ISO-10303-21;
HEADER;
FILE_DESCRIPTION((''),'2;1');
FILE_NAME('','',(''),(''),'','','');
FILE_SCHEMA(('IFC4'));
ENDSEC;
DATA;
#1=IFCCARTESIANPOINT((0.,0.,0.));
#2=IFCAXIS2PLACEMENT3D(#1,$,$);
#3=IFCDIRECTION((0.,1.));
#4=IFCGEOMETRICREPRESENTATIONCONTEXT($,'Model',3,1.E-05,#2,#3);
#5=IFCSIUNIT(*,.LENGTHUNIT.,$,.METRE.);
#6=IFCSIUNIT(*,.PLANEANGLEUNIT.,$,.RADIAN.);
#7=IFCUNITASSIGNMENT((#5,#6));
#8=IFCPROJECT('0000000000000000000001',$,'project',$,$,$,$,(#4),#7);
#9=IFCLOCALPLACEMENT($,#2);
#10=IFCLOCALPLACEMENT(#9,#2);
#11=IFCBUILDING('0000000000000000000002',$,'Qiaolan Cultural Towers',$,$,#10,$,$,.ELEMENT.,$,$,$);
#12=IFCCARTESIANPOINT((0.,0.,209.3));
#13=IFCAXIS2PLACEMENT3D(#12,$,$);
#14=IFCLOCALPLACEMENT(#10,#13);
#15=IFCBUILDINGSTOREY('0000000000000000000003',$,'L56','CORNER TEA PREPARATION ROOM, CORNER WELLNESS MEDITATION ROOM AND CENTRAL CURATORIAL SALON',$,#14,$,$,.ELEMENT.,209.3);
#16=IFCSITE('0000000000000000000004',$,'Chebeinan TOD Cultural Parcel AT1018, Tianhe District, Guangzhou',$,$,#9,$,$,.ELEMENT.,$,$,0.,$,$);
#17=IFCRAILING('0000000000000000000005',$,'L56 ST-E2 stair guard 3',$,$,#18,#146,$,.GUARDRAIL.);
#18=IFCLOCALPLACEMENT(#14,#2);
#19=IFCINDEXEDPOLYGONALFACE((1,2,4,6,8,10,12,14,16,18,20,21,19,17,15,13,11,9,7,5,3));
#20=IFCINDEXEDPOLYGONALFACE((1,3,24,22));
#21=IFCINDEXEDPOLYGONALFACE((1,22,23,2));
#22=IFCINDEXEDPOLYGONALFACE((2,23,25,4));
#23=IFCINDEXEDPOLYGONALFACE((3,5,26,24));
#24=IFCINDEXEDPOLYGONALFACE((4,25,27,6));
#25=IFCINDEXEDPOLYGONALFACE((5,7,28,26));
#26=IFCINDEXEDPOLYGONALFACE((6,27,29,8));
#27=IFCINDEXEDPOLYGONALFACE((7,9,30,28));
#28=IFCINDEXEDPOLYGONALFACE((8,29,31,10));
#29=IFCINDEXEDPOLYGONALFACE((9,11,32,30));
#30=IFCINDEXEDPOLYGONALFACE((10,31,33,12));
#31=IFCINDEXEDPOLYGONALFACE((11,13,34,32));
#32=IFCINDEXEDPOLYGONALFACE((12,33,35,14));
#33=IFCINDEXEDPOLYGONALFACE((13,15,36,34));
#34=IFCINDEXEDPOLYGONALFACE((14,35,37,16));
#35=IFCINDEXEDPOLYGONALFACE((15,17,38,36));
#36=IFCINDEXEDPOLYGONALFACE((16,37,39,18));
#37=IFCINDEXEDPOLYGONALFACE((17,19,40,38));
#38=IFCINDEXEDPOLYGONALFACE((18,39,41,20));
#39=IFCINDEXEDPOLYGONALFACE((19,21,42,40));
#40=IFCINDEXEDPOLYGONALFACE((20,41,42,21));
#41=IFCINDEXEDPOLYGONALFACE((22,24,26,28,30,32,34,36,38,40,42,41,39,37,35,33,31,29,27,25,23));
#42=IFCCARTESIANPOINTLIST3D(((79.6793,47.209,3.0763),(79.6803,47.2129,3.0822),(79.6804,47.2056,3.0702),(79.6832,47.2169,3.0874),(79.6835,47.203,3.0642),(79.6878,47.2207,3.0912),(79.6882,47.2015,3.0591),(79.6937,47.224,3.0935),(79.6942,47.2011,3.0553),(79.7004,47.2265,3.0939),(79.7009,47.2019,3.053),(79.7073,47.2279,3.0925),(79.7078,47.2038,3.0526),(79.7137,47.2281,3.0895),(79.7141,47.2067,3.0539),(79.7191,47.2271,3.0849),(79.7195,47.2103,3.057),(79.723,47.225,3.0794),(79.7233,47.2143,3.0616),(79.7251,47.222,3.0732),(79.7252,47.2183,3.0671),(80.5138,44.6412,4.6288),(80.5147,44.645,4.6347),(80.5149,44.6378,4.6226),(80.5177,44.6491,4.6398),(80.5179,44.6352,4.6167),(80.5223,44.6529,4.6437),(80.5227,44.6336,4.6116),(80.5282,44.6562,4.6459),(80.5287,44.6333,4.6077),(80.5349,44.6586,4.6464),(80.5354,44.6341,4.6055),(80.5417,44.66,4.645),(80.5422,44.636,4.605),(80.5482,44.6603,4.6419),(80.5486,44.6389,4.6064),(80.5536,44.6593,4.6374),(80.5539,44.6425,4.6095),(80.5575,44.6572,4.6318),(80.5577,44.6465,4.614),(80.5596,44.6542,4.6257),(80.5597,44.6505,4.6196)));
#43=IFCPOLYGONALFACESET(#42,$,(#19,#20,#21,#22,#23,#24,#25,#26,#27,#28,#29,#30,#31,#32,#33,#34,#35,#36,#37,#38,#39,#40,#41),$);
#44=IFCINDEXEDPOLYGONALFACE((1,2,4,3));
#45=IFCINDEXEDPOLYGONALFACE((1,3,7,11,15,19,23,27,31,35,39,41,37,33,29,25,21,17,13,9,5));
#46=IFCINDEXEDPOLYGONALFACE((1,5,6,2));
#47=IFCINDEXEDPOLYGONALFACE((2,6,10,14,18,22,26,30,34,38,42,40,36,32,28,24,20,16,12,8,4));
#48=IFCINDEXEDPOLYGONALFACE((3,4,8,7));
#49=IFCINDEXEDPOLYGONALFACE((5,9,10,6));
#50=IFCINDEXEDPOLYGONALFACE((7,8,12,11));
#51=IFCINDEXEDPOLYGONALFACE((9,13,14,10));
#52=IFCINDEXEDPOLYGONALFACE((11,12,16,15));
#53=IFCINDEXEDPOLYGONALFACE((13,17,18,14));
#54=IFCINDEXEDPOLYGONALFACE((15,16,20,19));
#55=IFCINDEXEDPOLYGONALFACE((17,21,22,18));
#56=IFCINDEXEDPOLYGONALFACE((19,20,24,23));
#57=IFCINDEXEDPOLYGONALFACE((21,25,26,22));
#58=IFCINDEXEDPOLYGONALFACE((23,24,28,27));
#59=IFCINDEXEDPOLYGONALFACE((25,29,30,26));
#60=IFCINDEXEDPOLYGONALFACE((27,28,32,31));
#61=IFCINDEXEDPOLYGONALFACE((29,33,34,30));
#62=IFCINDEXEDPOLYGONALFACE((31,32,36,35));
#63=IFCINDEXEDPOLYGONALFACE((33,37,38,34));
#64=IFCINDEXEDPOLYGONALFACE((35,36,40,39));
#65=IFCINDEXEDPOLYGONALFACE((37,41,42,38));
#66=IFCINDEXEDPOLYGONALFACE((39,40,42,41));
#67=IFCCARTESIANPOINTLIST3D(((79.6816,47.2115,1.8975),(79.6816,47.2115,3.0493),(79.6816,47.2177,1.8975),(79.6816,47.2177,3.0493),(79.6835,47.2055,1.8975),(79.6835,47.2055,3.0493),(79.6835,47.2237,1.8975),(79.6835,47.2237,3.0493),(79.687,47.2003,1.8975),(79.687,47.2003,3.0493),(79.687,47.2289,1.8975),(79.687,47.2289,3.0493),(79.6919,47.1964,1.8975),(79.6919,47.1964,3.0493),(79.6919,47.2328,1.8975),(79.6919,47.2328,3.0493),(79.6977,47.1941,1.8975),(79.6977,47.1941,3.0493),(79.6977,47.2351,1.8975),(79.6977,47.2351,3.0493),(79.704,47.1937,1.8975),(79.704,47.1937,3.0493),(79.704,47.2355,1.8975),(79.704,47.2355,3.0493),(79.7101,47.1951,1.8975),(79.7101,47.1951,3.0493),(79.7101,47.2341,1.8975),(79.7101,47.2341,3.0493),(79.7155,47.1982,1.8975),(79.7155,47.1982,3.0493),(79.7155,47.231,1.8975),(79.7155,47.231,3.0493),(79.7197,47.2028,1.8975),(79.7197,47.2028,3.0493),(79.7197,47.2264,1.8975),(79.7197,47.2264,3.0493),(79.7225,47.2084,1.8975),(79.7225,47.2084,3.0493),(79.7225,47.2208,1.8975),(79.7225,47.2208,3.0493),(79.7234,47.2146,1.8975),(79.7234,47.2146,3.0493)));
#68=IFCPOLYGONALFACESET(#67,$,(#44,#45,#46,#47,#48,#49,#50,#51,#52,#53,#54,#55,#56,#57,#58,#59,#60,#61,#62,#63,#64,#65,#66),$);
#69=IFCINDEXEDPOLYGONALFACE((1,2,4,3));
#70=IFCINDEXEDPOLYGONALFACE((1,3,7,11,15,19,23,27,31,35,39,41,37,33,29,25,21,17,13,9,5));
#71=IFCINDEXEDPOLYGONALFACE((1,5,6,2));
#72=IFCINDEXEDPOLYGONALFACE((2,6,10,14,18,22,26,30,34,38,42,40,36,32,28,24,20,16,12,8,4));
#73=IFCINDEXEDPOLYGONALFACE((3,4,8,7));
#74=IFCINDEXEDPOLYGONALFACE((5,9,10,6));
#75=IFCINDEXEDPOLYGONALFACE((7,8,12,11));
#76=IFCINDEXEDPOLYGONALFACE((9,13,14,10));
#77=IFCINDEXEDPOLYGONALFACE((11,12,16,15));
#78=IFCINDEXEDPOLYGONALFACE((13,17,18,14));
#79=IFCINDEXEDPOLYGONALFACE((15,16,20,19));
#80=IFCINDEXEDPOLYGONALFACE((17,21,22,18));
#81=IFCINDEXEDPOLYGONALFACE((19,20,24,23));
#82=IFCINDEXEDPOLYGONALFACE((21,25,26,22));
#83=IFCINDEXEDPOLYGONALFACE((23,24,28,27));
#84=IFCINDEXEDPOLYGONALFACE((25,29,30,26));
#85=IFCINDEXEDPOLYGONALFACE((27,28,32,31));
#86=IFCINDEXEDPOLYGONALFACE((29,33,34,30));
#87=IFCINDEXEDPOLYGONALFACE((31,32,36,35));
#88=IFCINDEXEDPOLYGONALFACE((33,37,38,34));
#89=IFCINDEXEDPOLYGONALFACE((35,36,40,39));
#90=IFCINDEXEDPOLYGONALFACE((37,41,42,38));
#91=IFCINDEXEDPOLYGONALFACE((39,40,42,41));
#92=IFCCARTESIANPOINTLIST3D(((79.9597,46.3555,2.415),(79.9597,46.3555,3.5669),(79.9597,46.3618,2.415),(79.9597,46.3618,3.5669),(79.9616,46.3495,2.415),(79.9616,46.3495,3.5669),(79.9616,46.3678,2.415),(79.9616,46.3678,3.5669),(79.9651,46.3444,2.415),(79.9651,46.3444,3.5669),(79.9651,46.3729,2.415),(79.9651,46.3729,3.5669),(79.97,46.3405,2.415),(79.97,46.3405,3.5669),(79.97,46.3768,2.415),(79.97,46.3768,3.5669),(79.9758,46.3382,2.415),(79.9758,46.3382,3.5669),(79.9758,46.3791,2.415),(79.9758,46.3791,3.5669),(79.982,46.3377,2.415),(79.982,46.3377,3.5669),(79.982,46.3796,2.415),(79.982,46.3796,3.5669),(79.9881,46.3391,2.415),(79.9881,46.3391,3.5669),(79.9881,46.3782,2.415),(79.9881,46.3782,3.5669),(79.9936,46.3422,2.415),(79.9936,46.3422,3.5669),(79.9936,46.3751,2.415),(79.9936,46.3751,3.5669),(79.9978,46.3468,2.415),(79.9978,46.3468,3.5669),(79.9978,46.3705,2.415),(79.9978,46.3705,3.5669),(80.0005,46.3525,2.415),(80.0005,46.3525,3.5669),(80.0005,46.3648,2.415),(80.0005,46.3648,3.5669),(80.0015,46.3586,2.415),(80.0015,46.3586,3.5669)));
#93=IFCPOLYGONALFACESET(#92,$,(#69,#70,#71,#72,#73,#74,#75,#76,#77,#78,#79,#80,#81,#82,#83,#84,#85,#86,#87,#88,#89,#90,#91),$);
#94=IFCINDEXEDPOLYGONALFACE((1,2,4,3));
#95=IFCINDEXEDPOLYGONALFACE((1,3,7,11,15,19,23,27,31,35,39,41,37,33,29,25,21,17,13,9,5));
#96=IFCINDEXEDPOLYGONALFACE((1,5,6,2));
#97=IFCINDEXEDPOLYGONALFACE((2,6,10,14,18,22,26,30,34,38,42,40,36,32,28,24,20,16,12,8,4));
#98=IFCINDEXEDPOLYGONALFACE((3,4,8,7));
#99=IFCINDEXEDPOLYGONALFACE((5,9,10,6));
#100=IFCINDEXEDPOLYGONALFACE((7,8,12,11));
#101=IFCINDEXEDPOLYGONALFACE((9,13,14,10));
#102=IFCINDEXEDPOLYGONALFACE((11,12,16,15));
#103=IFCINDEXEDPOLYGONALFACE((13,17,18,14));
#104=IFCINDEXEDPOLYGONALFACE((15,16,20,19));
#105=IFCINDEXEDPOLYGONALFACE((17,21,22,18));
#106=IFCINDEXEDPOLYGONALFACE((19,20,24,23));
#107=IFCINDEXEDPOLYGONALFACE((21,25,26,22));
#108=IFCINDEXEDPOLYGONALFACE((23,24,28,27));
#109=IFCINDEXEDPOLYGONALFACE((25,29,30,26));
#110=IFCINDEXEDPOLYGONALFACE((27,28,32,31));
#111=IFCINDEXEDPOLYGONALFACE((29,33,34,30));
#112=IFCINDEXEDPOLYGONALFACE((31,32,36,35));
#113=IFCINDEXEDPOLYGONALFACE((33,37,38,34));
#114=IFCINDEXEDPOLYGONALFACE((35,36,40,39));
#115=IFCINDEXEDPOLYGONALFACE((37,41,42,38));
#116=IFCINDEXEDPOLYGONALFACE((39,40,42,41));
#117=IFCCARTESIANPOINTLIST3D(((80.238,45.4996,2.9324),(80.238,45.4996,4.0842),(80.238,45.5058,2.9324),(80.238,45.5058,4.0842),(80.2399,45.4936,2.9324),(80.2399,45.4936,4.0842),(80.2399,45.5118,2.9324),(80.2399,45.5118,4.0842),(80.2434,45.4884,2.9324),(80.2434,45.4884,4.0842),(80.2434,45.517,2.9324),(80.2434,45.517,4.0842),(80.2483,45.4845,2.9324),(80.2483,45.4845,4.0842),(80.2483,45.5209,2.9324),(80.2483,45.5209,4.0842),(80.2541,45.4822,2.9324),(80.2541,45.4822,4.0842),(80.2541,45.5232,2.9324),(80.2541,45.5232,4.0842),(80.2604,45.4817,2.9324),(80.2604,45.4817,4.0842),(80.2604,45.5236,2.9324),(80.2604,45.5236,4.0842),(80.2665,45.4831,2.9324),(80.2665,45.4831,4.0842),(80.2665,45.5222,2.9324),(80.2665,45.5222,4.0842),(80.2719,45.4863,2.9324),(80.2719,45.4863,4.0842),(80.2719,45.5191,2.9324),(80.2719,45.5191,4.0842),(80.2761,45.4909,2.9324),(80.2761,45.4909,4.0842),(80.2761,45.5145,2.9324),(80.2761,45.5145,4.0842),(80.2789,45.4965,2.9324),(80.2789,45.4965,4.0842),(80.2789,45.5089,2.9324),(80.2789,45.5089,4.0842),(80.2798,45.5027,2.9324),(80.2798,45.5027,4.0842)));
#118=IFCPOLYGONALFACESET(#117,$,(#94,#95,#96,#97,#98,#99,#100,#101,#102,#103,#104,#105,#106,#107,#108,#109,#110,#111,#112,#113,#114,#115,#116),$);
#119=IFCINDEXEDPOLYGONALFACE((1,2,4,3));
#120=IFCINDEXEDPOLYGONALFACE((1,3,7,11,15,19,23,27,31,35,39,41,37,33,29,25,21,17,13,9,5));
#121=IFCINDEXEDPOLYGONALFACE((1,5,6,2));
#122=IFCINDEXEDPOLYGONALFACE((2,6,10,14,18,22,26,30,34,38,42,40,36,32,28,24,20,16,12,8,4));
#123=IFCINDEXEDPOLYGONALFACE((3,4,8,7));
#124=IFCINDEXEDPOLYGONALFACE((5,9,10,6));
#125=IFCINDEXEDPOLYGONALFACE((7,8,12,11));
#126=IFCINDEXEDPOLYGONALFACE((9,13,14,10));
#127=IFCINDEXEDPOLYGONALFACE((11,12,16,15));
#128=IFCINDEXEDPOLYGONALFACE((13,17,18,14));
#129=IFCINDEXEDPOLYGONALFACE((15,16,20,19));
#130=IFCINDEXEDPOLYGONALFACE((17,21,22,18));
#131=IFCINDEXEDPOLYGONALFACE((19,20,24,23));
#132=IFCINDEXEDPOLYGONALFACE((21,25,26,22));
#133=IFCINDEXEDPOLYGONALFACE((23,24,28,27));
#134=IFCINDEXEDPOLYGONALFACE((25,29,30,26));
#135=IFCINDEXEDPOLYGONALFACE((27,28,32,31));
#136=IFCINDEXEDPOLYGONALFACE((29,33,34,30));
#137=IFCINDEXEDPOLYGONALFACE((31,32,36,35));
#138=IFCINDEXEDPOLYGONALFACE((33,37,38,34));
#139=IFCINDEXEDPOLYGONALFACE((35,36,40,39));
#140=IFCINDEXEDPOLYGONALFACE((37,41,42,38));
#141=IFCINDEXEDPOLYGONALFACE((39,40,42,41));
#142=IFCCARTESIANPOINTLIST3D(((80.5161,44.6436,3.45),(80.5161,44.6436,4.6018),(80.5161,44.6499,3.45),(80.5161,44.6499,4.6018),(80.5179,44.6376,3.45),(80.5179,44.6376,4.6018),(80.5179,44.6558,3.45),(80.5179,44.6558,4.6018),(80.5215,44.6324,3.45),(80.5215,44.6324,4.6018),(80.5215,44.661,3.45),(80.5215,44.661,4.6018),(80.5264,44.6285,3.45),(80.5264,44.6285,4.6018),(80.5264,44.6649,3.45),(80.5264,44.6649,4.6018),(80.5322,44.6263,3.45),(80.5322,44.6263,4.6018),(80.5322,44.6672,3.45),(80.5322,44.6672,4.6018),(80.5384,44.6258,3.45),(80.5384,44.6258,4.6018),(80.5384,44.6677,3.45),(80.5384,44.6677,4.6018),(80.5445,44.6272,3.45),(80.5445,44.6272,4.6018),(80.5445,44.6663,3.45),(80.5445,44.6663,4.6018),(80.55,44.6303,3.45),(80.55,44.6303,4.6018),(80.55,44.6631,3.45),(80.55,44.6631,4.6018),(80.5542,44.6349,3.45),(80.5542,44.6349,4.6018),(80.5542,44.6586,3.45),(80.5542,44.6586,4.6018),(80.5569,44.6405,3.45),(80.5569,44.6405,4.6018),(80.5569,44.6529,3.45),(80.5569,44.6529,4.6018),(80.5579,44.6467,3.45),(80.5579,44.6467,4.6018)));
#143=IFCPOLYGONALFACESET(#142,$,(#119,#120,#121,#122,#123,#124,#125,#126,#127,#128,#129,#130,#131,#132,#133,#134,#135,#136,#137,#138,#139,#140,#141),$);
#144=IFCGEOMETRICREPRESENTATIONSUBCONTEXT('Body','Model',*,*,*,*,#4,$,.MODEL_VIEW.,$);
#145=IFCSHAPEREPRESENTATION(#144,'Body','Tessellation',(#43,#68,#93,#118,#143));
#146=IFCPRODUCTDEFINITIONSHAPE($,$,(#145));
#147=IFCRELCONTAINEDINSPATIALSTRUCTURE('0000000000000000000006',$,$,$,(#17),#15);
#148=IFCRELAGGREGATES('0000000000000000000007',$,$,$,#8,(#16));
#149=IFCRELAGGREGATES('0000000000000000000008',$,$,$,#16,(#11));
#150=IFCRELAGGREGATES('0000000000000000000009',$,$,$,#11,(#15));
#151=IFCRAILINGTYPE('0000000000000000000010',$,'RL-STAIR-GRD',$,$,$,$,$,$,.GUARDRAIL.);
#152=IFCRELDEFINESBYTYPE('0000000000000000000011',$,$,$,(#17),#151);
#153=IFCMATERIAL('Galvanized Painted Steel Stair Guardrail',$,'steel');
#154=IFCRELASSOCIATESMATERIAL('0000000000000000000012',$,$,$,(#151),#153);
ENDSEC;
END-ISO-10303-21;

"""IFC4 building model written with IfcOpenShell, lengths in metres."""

from ifc_helpers import new_model, si_unit, direction, frame, origin, origin_2d, place, context, subcontext, project, spatial, circle, extrude, material, type_object, element, save


model = new_model("IFC4")

# Units and contexts
model_context = context("Model", 3, precision=1e-05, world=origin(), true_north=direction((0.0, 1.0)))
body_context = subcontext(model_context, "Body", "Model", "MODEL_VIEW")
ifc_project = project(units=[si_unit("LENGTHUNIT", "METRE"), si_unit("PLANEANGLEUNIT", "RADIAN")], contexts=[model_context])

# Site, building, storey
site_placement = place(None, origin())
site = spatial("IfcSite", under=ifc_project, at=site_placement, Name="Chebeinan TOD Cultural Parcel AT1018, Tianhe District, Guangzhou", CompositionType="ELEMENT", RefElevation=0.0)
building_placement = place(site_placement, origin())
building = spatial("IfcBuilding", under=site, at=building_placement, Name="Qiaolan Cultural Towers", CompositionType="ELEMENT")
storey_placement = place(building_placement, frame((0.0, 0.0, 209.3)))
storey = spatial("IfcBuildingStorey", under=building, at=storey_placement, Name="L56", Description="CORNER TEA PREPARATION ROOM, CORNER WELLNESS MEDITATION ROOM AND CENTRAL CURATORIAL SALON", CompositionType="ELEMENT", Elevation=209.3)

# Railing
ifc_material_1 = material(Name="Galvanized Painted Steel Stair Guardrail", Category="steel")
railing_type_1 = type_object("IfcRailingType", Name="RL-STAIR-GRD", PredefinedType="GUARDRAIL", material=ifc_material_1)
railing_1_placement = place(storey_placement, frame((79.7024, 47.2146, 1.8975)))
element("IfcRailing", 1, at=railing_1_placement, inside=storey, type_object=railing_type_1, Name="L56 ST-E2 stair guard 3", PredefinedType="GUARDRAIL", context=body_context, shape_type="SweptSolid", body=[
    extrude(circle(Radius=0.0239, at=origin_2d()), frame((0.0, 0.0, 1.1758), z_axis=(0.267926, -0.824471, 0.498461), x_axis=(0.951043, 0.309057, 0.0)), (0.0, 0.0, 1.0), 3.1145),
    extrude(circle(Radius=0.021, at=origin_2d()), origin(), (0.0, 0.0, 1.0), 1.1519),
    extrude(circle(Radius=0.021, at=origin_2d()), frame((0.2781, -0.856, 0.5176)), (0.0, 0.0, 1.0), 1.1519),
    extrude(circle(Radius=0.021, at=origin_2d()), frame((0.5564, -1.7119, 1.0349)), (0.0, 0.0, 1.0), 1.1519),
    extrude(circle(Radius=0.021, at=origin_2d()), frame((0.8345, -2.5679, 1.5525)), (0.0, 0.0, 1.0), 1.1519),
])

save(model, "model.ifc")
